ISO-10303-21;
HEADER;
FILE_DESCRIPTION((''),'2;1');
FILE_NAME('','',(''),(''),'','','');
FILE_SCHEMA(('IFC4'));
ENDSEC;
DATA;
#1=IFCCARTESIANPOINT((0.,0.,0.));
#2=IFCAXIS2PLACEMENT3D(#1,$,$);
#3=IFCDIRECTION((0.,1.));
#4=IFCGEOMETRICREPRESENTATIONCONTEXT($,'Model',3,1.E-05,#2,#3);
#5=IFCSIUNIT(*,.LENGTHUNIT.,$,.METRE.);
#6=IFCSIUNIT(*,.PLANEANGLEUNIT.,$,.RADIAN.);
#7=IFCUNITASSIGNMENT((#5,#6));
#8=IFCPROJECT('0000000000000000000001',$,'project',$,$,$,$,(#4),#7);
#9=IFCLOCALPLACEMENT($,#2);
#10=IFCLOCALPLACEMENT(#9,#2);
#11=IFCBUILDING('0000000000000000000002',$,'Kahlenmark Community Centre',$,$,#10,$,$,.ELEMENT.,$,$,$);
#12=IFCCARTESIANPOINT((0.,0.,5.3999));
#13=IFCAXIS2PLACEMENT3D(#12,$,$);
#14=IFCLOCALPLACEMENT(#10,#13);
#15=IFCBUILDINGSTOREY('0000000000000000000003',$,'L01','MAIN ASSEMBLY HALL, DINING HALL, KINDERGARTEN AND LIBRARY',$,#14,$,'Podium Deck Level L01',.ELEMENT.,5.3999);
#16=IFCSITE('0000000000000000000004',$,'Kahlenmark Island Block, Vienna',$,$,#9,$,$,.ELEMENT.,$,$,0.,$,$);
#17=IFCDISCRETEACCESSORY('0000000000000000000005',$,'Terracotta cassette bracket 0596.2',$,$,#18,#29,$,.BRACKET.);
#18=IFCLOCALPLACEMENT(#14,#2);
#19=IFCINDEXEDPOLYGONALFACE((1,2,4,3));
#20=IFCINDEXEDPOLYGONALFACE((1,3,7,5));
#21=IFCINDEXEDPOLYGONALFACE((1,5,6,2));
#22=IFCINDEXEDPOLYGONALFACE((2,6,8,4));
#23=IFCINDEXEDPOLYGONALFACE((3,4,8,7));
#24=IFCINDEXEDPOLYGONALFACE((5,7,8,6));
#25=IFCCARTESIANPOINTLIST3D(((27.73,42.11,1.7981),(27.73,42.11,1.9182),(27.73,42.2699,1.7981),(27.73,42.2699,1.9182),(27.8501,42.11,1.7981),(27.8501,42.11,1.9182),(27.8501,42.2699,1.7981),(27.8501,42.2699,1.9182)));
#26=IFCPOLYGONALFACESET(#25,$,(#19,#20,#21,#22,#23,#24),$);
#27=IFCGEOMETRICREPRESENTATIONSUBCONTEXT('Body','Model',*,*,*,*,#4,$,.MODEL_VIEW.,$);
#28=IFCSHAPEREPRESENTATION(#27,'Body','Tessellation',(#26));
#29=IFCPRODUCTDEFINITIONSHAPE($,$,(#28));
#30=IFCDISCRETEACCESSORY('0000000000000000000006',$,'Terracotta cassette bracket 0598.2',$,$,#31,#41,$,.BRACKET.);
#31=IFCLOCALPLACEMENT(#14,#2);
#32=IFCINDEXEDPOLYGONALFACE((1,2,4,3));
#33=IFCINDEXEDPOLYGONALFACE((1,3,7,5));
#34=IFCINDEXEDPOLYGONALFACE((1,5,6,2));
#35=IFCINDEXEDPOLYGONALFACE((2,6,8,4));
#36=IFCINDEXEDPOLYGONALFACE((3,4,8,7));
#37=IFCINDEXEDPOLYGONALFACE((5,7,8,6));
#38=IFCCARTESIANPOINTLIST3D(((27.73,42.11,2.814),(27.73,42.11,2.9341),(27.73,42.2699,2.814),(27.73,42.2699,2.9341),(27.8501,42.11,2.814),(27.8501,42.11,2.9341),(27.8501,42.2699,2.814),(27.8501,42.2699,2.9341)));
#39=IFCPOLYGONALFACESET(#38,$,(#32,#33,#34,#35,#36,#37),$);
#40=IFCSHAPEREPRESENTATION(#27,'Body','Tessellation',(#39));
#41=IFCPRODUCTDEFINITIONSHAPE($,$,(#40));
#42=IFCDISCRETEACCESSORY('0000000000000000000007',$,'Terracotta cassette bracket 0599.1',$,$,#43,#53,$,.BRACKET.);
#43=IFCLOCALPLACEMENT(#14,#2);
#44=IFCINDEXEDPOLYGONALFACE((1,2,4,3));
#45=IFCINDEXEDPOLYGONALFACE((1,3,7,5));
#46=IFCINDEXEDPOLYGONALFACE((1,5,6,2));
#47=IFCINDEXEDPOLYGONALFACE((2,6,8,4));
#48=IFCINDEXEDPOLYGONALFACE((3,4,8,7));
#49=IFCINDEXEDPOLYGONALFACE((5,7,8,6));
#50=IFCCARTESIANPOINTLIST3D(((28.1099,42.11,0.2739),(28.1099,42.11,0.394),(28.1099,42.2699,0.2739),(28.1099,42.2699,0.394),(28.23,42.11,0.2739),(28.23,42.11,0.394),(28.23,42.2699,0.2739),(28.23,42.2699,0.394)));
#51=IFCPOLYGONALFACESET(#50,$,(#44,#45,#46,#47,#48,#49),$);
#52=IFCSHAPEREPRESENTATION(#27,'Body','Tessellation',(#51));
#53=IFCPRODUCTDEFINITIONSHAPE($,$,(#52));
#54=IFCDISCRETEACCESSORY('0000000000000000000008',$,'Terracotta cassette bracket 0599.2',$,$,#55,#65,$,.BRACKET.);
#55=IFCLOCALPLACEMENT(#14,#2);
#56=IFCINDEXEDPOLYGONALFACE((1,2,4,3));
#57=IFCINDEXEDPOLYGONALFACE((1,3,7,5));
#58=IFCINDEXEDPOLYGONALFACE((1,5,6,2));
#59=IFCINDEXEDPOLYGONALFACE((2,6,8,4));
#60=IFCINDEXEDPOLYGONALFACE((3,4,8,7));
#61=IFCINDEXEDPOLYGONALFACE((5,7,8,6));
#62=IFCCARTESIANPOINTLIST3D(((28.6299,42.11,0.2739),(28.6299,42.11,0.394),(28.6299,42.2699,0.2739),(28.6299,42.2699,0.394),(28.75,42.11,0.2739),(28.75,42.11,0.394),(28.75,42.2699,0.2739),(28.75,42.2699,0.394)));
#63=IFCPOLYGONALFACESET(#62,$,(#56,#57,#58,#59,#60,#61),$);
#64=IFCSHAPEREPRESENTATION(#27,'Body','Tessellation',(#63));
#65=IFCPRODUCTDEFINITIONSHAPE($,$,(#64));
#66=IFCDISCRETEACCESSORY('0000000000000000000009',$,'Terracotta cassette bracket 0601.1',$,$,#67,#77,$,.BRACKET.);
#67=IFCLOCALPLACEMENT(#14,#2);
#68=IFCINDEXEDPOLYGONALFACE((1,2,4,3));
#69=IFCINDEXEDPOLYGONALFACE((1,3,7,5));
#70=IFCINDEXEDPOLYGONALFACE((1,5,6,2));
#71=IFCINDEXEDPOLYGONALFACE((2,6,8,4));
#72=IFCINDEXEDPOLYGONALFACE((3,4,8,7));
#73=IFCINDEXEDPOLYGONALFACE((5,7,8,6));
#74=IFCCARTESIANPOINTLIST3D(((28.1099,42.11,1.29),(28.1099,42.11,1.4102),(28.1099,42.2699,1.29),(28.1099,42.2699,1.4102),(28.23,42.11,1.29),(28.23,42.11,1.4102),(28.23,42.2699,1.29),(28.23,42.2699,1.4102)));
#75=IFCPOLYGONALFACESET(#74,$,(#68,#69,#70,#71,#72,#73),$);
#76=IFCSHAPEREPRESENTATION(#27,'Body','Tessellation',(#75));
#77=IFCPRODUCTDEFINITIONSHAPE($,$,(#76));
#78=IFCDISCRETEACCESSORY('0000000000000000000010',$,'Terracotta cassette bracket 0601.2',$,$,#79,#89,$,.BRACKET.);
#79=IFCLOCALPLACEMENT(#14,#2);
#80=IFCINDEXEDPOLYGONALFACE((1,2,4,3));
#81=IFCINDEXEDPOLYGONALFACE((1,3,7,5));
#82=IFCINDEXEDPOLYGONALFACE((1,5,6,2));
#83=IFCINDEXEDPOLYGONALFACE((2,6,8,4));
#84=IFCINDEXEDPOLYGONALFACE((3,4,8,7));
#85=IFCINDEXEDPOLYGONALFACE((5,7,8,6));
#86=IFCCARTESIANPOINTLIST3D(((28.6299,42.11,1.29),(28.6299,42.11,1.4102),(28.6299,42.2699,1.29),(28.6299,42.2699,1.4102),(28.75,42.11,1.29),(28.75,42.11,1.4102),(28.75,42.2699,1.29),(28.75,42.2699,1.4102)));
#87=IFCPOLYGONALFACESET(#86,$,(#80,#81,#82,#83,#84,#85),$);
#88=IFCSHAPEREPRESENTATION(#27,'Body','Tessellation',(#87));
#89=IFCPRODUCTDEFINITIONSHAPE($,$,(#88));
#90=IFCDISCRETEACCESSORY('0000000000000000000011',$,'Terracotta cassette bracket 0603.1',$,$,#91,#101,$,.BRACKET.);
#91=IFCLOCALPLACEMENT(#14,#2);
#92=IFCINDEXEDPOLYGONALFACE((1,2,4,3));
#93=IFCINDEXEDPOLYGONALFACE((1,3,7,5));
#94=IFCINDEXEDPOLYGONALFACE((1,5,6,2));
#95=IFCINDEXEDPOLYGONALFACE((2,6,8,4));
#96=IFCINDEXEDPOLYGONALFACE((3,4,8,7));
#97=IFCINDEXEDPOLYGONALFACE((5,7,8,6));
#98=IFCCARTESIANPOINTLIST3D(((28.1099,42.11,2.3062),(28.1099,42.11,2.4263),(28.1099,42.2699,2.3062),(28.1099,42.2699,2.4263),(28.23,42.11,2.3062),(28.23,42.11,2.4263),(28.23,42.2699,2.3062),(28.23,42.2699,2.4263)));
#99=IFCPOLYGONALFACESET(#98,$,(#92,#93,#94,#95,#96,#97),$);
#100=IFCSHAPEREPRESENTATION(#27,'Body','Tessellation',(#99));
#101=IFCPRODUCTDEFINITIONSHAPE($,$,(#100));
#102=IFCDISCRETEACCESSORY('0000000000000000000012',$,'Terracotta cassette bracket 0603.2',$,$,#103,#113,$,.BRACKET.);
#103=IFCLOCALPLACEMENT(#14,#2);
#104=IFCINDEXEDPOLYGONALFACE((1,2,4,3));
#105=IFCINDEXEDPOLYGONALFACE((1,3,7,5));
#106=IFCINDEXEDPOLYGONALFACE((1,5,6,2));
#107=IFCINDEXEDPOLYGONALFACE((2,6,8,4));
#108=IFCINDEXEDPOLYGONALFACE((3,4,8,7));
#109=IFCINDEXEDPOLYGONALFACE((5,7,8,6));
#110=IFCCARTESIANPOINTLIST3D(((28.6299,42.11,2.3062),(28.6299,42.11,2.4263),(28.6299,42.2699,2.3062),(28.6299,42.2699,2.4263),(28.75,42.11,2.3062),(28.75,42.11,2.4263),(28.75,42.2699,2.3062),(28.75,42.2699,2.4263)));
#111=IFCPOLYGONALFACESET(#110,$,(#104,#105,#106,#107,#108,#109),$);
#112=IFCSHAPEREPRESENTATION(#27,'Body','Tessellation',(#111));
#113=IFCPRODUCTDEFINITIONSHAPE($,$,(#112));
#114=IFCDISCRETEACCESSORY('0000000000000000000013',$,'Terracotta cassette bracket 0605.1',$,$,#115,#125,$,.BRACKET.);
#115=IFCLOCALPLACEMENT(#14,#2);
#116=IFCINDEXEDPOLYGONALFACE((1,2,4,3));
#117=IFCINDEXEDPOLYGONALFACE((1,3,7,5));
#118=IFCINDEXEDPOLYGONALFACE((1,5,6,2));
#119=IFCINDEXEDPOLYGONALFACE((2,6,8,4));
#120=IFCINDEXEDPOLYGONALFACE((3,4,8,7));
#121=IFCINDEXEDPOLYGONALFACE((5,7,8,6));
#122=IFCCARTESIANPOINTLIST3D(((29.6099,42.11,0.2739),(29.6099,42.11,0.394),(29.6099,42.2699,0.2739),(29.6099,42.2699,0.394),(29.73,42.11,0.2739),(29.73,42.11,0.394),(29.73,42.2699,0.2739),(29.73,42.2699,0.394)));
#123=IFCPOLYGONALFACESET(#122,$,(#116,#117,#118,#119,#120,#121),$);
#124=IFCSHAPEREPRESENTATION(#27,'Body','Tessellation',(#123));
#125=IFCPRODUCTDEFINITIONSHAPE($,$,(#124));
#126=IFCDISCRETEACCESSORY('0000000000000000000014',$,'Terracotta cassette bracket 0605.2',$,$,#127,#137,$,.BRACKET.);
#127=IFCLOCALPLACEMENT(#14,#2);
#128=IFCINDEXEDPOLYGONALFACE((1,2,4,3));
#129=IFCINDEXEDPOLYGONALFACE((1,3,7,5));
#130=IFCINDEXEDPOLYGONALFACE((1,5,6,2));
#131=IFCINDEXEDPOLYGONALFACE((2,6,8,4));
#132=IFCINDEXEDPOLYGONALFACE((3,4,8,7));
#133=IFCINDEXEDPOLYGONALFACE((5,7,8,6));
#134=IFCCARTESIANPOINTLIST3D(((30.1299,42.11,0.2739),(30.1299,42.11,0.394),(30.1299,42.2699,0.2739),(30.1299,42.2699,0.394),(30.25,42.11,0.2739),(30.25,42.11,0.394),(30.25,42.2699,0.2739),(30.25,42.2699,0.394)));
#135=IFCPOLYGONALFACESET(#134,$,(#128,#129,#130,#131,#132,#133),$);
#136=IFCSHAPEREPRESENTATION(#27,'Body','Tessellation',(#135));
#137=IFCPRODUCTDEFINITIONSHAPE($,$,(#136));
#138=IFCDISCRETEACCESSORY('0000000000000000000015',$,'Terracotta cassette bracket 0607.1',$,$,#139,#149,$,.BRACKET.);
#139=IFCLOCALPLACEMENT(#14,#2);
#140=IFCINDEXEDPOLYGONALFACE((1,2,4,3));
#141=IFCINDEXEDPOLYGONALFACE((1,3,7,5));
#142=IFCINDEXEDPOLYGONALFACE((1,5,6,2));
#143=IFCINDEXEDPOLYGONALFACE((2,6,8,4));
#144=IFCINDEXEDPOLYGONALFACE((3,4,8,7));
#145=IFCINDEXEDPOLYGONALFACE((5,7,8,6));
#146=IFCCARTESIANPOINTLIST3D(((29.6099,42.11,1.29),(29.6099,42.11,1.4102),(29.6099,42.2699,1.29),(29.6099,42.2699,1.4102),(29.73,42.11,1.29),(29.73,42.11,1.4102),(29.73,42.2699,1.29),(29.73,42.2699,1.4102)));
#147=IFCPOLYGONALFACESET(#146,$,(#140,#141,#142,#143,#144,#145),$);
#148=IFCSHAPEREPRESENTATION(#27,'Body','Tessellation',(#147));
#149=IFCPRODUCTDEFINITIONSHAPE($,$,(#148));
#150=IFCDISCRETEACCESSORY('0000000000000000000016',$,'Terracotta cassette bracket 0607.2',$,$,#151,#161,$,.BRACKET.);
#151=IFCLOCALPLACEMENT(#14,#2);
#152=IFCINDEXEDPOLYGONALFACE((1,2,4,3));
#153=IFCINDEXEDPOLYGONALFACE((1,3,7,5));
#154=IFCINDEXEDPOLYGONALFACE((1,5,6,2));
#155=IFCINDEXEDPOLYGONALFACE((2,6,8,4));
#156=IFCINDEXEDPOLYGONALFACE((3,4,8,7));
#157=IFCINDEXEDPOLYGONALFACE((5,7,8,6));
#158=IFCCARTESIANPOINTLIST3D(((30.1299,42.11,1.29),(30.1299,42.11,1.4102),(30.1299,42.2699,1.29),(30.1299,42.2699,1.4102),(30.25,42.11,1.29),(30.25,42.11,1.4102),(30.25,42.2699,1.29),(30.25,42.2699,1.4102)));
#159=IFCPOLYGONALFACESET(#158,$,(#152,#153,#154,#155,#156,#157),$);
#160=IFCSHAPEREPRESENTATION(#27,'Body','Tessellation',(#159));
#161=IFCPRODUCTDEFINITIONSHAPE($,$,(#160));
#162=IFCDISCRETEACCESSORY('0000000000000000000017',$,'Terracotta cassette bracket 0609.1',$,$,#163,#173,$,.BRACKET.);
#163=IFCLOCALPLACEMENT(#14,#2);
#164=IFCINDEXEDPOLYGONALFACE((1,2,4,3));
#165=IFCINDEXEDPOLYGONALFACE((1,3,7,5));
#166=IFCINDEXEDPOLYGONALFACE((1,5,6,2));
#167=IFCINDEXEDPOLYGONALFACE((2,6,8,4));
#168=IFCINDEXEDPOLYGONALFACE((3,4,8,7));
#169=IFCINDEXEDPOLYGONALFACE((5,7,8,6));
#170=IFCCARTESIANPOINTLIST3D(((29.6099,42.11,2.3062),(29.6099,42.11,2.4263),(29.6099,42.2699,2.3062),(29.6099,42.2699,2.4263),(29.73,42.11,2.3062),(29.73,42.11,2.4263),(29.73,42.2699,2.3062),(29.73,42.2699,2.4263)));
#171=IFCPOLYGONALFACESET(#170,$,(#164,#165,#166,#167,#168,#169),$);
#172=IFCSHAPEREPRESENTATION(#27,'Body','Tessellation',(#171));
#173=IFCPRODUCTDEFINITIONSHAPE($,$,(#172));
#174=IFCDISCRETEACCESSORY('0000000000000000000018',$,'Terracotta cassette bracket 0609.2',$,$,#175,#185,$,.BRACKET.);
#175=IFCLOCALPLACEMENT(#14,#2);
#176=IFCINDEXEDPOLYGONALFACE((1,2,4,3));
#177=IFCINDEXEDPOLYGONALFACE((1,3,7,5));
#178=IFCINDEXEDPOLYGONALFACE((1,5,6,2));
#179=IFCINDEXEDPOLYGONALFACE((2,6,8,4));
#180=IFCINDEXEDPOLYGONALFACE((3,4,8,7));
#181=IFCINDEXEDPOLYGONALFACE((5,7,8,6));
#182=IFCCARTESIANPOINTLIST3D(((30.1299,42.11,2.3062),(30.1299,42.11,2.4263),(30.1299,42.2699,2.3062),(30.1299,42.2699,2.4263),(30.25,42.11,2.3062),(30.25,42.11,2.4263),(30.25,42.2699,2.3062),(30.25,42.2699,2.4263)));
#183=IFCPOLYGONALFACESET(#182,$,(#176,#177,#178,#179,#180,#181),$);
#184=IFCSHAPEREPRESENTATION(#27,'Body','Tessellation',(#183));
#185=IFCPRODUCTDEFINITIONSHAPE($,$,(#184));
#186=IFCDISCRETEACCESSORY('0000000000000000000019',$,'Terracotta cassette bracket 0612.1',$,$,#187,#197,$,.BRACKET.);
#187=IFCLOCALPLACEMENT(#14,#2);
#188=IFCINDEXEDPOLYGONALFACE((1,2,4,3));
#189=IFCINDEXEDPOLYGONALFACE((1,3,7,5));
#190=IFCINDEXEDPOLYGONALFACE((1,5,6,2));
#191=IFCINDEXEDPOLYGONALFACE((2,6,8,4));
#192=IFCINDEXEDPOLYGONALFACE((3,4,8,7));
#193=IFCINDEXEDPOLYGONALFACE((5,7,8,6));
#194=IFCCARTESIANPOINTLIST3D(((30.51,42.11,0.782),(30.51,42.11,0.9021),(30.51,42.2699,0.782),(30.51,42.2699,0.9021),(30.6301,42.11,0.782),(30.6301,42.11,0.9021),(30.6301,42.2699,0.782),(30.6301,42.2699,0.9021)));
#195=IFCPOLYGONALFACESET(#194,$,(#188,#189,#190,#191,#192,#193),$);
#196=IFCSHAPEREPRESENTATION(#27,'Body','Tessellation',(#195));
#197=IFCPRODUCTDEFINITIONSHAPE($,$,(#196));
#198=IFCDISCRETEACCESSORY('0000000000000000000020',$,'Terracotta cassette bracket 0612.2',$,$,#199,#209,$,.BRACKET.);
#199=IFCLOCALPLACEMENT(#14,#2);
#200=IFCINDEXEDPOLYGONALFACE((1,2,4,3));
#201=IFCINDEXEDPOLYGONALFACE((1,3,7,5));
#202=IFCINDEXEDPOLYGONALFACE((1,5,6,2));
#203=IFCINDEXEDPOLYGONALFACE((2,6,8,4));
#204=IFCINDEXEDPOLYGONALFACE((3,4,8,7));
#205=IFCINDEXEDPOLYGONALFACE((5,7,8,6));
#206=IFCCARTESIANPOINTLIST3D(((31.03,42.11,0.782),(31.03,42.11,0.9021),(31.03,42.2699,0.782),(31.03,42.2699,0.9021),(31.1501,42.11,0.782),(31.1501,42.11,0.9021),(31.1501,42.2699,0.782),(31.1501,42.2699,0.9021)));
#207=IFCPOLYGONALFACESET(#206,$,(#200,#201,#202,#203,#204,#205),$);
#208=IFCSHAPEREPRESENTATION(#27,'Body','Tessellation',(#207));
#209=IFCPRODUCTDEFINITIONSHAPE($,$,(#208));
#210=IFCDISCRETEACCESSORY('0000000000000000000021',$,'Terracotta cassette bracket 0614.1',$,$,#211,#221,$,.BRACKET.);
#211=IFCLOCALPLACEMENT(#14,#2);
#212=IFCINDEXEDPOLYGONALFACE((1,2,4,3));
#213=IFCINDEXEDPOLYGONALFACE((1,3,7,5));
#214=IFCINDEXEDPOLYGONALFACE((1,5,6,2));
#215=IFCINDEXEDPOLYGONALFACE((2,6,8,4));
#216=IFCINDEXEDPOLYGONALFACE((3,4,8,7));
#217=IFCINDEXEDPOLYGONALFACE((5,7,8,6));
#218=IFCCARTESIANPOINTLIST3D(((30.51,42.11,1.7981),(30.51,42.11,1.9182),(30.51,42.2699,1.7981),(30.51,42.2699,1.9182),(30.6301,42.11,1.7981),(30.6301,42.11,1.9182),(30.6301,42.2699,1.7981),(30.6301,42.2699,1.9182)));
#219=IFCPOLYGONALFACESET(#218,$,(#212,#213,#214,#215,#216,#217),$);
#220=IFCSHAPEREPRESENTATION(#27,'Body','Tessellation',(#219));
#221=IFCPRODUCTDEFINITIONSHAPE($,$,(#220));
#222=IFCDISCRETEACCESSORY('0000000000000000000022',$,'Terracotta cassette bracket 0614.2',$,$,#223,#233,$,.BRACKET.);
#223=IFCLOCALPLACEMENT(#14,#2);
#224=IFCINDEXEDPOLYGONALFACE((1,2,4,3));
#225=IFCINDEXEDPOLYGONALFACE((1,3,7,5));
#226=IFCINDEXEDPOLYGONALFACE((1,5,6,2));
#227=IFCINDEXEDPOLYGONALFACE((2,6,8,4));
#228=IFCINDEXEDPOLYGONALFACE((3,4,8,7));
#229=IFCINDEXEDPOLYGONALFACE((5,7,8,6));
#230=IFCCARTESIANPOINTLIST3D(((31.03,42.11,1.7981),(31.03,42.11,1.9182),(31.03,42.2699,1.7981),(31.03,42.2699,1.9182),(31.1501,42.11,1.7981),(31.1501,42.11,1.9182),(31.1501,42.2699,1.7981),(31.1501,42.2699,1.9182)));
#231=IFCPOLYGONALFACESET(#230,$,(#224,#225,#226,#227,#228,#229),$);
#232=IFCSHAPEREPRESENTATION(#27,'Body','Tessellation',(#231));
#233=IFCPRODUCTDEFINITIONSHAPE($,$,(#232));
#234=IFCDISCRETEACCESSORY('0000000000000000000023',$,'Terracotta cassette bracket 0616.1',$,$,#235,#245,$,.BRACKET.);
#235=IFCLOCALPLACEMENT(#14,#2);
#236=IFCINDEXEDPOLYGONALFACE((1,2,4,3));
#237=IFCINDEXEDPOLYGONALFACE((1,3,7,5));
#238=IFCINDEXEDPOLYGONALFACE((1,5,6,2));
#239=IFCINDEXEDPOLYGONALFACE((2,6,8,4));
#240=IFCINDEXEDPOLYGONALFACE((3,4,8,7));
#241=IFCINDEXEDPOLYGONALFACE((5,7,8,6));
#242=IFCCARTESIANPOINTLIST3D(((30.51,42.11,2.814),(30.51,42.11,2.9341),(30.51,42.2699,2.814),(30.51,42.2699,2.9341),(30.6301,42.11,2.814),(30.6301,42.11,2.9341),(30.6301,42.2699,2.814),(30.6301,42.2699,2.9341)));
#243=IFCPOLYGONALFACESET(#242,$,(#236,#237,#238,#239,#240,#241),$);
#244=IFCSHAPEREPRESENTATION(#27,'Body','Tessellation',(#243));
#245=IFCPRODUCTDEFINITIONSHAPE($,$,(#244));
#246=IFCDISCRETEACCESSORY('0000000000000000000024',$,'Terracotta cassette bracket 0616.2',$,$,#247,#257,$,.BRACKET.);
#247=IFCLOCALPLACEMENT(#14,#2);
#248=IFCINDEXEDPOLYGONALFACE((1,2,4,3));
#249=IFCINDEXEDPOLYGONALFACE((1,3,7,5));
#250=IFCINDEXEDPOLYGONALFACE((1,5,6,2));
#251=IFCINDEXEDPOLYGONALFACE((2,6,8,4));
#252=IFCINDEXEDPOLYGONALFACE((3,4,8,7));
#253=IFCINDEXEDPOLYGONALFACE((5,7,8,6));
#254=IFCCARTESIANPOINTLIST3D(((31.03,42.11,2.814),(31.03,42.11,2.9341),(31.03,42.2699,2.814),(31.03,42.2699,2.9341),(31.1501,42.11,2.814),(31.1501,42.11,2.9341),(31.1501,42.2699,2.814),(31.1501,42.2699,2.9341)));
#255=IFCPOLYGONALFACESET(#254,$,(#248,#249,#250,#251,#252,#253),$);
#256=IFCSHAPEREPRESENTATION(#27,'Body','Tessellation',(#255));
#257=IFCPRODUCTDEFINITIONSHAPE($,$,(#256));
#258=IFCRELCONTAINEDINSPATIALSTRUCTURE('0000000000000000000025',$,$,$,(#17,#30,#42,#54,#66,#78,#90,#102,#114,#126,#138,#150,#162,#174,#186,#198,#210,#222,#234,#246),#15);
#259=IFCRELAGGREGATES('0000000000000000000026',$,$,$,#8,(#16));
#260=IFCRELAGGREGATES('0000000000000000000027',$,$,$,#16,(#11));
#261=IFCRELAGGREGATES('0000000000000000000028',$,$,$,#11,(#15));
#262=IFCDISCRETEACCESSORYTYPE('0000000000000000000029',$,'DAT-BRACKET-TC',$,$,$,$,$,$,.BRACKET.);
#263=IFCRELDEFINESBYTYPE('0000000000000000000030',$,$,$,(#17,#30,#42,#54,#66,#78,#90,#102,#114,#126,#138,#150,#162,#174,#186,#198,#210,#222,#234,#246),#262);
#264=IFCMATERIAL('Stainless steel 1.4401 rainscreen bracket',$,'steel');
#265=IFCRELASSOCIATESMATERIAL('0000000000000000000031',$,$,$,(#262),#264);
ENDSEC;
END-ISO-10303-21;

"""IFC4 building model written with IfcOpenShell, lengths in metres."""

from ifc_helpers import new_model, si_unit, direction, frame, origin, origin_2d, place, context, subcontext, project, spatial, rectangle, extrude, material, type_object, element, save


model = new_model("IFC4")

# Units and contexts
model_context = context("Model", 3, precision=1e-05, world=origin(), true_north=direction((0.0, 1.0)))
body_context = subcontext(model_context, "Body", "Model", "MODEL_VIEW")
ifc_project = project(units=[si_unit("LENGTHUNIT", "METRE"), si_unit("PLANEANGLEUNIT", "RADIAN")], contexts=[model_context])

# Site, building, storey
site_placement = place(None, origin())
site = spatial("IfcSite", under=ifc_project, at=site_placement, Name="Kahlenmark Island Block, Vienna", CompositionType="ELEMENT", RefElevation=0.0)
building_placement = place(site_placement, origin())
building = spatial("IfcBuilding", under=site, at=building_placement, Name="Kahlenmark Community Centre", CompositionType="ELEMENT")
storey_placement = place(building_placement, frame((0.0, 0.0, 5.3999)))
storey = spatial("IfcBuildingStorey", under=building, at=storey_placement, Name="L01", Description="MAIN ASSEMBLY HALL, DINING HALL, KINDERGARTEN AND LIBRARY", LongName="Podium Deck Level L01", CompositionType="ELEMENT", Elevation=5.3999)

# Discrete accessories
ifc_material = material(Name="Stainless steel 1.4401 rainscreen bracket", Category="steel")
discrete_accessory_type = type_object("IfcDiscreteAccessoryType", Name="DAT-BRACKET-TC", PredefinedType="BRACKET", material=ifc_material)
for number, where, z_axis, x_axis, name in (
    (1, (27.79, 42.1899, 1.7981), (0.0, 0.0, 1.0), (1.0, 0.0, 0.0), "Terracotta cassette bracket 0596.2"),
    (2, (27.79, 42.1899, 2.814), (0.0, 0.0, 1.0), (1.0, 0.0, 0.0), "Terracotta cassette bracket 0598.2"),
    (3, (28.1699, 42.1899, 0.2739), (0.0, 0.0, 1.0), (1.0, 0.0, 0.0), "Terracotta cassette bracket 0599.1"),
    (4, (28.6899, 42.1899, 0.2739), (0.0, 0.0, 1.0), (1.0, 0.0, 0.0), "Terracotta cassette bracket 0599.2"),
    (5, (28.1699, 42.1899, 1.29), (0.0, 0.0, 1.0), (1.0, 0.0, 0.0), "Terracotta cassette bracket 0601.1"),
    (6, (28.6899, 42.1899, 1.29), (0.0, 0.0, 1.0), (1.0, 0.0, 0.0), "Terracotta cassette bracket 0601.2"),
    (7, (28.1699, 42.1899, 2.3062), (0.0, 0.0, 1.0), (1.0, 0.0, 0.0), "Terracotta cassette bracket 0603.1"),
    (8, (28.6899, 42.1899, 2.3062), (0.0, 0.0, 1.0), (1.0, 0.0, 0.0), "Terracotta cassette bracket 0603.2"),
    (9, (29.6699, 42.1899, 0.2739), (0.0, 0.0, 1.0), (1.0, 0.0, 0.0), "Terracotta cassette bracket 0605.1"),
    (10, (30.1899, 42.1899, 0.2739), (0.0, 0.0, 1.0), (1.0, 0.0, 0.0), "Terracotta cassette bracket 0605.2"),
    (11, (29.6699, 42.1899, 1.29), (0.0, 0.0, 1.0), (1.0, 0.0, 0.0), "Terracotta cassette bracket 0607.1"),
    (12, (30.1899, 42.1899, 1.29), (0.0, 0.0, 1.0), (1.0, 0.0, 0.0), "Terracotta cassette bracket 0607.2"),
    (13, (29.6699, 42.1899, 2.3062), (0.0, 0.0, 1.0), (1.0, 0.0, 0.0), "Terracotta cassette bracket 0609.1"),
    (14, (30.1899, 42.1899, 2.3062), (0.0, 0.0, 1.0), (1.0, 0.0, 0.0), "Terracotta cassette bracket 0609.2"),
    (15, (30.5701, 42.1899, 0.782), (0.0, 0.0, 1.0), (1.0, 0.0, 0.0), "Terracotta cassette bracket 0612.1"),
    (16, (31.0901, 42.1899, 0.782), (0.0, 0.0, 1.0), (1.0, 0.0, 0.0), "Terracotta cassette bracket 0612.2"),
    (17, (30.5701, 42.1899, 1.7981), (0.0, 0.0, 1.0), (1.0, 0.0, 0.0), "Terracotta cassette bracket 0614.1"),
    (18, (31.0901, 42.1899, 1.7981), (0.0, 0.0, 1.0), (1.0, 0.0, 0.0), "Terracotta cassette bracket 0614.2"),
    (19, (30.5701, 42.1899, 2.814), (0.0, 0.0, 1.0), (1.0, 0.0, 0.0), "Terracotta cassette bracket 0616.1"),
    (20, (31.0901, 42.1899, 2.814), (0.0, 0.0, 1.0), (1.0, 0.0, 0.0), "Terracotta cassette bracket 0616.2"),
):
    element("IfcDiscreteAccessory", number, at=place(storey_placement, frame(where, z_axis=z_axis, x_axis=x_axis)), inside=storey, type_object=discrete_accessory_type, Name=name, PredefinedType="BRACKET", context=body_context, shape_type="SweptSolid", body=[
        extrude(rectangle(XDim=0.1201, YDim=0.1599, at=origin_2d()), origin(), (0.0, 0.0, 1.0), 0.1201),
    ])

save(model, "model.ifc")
